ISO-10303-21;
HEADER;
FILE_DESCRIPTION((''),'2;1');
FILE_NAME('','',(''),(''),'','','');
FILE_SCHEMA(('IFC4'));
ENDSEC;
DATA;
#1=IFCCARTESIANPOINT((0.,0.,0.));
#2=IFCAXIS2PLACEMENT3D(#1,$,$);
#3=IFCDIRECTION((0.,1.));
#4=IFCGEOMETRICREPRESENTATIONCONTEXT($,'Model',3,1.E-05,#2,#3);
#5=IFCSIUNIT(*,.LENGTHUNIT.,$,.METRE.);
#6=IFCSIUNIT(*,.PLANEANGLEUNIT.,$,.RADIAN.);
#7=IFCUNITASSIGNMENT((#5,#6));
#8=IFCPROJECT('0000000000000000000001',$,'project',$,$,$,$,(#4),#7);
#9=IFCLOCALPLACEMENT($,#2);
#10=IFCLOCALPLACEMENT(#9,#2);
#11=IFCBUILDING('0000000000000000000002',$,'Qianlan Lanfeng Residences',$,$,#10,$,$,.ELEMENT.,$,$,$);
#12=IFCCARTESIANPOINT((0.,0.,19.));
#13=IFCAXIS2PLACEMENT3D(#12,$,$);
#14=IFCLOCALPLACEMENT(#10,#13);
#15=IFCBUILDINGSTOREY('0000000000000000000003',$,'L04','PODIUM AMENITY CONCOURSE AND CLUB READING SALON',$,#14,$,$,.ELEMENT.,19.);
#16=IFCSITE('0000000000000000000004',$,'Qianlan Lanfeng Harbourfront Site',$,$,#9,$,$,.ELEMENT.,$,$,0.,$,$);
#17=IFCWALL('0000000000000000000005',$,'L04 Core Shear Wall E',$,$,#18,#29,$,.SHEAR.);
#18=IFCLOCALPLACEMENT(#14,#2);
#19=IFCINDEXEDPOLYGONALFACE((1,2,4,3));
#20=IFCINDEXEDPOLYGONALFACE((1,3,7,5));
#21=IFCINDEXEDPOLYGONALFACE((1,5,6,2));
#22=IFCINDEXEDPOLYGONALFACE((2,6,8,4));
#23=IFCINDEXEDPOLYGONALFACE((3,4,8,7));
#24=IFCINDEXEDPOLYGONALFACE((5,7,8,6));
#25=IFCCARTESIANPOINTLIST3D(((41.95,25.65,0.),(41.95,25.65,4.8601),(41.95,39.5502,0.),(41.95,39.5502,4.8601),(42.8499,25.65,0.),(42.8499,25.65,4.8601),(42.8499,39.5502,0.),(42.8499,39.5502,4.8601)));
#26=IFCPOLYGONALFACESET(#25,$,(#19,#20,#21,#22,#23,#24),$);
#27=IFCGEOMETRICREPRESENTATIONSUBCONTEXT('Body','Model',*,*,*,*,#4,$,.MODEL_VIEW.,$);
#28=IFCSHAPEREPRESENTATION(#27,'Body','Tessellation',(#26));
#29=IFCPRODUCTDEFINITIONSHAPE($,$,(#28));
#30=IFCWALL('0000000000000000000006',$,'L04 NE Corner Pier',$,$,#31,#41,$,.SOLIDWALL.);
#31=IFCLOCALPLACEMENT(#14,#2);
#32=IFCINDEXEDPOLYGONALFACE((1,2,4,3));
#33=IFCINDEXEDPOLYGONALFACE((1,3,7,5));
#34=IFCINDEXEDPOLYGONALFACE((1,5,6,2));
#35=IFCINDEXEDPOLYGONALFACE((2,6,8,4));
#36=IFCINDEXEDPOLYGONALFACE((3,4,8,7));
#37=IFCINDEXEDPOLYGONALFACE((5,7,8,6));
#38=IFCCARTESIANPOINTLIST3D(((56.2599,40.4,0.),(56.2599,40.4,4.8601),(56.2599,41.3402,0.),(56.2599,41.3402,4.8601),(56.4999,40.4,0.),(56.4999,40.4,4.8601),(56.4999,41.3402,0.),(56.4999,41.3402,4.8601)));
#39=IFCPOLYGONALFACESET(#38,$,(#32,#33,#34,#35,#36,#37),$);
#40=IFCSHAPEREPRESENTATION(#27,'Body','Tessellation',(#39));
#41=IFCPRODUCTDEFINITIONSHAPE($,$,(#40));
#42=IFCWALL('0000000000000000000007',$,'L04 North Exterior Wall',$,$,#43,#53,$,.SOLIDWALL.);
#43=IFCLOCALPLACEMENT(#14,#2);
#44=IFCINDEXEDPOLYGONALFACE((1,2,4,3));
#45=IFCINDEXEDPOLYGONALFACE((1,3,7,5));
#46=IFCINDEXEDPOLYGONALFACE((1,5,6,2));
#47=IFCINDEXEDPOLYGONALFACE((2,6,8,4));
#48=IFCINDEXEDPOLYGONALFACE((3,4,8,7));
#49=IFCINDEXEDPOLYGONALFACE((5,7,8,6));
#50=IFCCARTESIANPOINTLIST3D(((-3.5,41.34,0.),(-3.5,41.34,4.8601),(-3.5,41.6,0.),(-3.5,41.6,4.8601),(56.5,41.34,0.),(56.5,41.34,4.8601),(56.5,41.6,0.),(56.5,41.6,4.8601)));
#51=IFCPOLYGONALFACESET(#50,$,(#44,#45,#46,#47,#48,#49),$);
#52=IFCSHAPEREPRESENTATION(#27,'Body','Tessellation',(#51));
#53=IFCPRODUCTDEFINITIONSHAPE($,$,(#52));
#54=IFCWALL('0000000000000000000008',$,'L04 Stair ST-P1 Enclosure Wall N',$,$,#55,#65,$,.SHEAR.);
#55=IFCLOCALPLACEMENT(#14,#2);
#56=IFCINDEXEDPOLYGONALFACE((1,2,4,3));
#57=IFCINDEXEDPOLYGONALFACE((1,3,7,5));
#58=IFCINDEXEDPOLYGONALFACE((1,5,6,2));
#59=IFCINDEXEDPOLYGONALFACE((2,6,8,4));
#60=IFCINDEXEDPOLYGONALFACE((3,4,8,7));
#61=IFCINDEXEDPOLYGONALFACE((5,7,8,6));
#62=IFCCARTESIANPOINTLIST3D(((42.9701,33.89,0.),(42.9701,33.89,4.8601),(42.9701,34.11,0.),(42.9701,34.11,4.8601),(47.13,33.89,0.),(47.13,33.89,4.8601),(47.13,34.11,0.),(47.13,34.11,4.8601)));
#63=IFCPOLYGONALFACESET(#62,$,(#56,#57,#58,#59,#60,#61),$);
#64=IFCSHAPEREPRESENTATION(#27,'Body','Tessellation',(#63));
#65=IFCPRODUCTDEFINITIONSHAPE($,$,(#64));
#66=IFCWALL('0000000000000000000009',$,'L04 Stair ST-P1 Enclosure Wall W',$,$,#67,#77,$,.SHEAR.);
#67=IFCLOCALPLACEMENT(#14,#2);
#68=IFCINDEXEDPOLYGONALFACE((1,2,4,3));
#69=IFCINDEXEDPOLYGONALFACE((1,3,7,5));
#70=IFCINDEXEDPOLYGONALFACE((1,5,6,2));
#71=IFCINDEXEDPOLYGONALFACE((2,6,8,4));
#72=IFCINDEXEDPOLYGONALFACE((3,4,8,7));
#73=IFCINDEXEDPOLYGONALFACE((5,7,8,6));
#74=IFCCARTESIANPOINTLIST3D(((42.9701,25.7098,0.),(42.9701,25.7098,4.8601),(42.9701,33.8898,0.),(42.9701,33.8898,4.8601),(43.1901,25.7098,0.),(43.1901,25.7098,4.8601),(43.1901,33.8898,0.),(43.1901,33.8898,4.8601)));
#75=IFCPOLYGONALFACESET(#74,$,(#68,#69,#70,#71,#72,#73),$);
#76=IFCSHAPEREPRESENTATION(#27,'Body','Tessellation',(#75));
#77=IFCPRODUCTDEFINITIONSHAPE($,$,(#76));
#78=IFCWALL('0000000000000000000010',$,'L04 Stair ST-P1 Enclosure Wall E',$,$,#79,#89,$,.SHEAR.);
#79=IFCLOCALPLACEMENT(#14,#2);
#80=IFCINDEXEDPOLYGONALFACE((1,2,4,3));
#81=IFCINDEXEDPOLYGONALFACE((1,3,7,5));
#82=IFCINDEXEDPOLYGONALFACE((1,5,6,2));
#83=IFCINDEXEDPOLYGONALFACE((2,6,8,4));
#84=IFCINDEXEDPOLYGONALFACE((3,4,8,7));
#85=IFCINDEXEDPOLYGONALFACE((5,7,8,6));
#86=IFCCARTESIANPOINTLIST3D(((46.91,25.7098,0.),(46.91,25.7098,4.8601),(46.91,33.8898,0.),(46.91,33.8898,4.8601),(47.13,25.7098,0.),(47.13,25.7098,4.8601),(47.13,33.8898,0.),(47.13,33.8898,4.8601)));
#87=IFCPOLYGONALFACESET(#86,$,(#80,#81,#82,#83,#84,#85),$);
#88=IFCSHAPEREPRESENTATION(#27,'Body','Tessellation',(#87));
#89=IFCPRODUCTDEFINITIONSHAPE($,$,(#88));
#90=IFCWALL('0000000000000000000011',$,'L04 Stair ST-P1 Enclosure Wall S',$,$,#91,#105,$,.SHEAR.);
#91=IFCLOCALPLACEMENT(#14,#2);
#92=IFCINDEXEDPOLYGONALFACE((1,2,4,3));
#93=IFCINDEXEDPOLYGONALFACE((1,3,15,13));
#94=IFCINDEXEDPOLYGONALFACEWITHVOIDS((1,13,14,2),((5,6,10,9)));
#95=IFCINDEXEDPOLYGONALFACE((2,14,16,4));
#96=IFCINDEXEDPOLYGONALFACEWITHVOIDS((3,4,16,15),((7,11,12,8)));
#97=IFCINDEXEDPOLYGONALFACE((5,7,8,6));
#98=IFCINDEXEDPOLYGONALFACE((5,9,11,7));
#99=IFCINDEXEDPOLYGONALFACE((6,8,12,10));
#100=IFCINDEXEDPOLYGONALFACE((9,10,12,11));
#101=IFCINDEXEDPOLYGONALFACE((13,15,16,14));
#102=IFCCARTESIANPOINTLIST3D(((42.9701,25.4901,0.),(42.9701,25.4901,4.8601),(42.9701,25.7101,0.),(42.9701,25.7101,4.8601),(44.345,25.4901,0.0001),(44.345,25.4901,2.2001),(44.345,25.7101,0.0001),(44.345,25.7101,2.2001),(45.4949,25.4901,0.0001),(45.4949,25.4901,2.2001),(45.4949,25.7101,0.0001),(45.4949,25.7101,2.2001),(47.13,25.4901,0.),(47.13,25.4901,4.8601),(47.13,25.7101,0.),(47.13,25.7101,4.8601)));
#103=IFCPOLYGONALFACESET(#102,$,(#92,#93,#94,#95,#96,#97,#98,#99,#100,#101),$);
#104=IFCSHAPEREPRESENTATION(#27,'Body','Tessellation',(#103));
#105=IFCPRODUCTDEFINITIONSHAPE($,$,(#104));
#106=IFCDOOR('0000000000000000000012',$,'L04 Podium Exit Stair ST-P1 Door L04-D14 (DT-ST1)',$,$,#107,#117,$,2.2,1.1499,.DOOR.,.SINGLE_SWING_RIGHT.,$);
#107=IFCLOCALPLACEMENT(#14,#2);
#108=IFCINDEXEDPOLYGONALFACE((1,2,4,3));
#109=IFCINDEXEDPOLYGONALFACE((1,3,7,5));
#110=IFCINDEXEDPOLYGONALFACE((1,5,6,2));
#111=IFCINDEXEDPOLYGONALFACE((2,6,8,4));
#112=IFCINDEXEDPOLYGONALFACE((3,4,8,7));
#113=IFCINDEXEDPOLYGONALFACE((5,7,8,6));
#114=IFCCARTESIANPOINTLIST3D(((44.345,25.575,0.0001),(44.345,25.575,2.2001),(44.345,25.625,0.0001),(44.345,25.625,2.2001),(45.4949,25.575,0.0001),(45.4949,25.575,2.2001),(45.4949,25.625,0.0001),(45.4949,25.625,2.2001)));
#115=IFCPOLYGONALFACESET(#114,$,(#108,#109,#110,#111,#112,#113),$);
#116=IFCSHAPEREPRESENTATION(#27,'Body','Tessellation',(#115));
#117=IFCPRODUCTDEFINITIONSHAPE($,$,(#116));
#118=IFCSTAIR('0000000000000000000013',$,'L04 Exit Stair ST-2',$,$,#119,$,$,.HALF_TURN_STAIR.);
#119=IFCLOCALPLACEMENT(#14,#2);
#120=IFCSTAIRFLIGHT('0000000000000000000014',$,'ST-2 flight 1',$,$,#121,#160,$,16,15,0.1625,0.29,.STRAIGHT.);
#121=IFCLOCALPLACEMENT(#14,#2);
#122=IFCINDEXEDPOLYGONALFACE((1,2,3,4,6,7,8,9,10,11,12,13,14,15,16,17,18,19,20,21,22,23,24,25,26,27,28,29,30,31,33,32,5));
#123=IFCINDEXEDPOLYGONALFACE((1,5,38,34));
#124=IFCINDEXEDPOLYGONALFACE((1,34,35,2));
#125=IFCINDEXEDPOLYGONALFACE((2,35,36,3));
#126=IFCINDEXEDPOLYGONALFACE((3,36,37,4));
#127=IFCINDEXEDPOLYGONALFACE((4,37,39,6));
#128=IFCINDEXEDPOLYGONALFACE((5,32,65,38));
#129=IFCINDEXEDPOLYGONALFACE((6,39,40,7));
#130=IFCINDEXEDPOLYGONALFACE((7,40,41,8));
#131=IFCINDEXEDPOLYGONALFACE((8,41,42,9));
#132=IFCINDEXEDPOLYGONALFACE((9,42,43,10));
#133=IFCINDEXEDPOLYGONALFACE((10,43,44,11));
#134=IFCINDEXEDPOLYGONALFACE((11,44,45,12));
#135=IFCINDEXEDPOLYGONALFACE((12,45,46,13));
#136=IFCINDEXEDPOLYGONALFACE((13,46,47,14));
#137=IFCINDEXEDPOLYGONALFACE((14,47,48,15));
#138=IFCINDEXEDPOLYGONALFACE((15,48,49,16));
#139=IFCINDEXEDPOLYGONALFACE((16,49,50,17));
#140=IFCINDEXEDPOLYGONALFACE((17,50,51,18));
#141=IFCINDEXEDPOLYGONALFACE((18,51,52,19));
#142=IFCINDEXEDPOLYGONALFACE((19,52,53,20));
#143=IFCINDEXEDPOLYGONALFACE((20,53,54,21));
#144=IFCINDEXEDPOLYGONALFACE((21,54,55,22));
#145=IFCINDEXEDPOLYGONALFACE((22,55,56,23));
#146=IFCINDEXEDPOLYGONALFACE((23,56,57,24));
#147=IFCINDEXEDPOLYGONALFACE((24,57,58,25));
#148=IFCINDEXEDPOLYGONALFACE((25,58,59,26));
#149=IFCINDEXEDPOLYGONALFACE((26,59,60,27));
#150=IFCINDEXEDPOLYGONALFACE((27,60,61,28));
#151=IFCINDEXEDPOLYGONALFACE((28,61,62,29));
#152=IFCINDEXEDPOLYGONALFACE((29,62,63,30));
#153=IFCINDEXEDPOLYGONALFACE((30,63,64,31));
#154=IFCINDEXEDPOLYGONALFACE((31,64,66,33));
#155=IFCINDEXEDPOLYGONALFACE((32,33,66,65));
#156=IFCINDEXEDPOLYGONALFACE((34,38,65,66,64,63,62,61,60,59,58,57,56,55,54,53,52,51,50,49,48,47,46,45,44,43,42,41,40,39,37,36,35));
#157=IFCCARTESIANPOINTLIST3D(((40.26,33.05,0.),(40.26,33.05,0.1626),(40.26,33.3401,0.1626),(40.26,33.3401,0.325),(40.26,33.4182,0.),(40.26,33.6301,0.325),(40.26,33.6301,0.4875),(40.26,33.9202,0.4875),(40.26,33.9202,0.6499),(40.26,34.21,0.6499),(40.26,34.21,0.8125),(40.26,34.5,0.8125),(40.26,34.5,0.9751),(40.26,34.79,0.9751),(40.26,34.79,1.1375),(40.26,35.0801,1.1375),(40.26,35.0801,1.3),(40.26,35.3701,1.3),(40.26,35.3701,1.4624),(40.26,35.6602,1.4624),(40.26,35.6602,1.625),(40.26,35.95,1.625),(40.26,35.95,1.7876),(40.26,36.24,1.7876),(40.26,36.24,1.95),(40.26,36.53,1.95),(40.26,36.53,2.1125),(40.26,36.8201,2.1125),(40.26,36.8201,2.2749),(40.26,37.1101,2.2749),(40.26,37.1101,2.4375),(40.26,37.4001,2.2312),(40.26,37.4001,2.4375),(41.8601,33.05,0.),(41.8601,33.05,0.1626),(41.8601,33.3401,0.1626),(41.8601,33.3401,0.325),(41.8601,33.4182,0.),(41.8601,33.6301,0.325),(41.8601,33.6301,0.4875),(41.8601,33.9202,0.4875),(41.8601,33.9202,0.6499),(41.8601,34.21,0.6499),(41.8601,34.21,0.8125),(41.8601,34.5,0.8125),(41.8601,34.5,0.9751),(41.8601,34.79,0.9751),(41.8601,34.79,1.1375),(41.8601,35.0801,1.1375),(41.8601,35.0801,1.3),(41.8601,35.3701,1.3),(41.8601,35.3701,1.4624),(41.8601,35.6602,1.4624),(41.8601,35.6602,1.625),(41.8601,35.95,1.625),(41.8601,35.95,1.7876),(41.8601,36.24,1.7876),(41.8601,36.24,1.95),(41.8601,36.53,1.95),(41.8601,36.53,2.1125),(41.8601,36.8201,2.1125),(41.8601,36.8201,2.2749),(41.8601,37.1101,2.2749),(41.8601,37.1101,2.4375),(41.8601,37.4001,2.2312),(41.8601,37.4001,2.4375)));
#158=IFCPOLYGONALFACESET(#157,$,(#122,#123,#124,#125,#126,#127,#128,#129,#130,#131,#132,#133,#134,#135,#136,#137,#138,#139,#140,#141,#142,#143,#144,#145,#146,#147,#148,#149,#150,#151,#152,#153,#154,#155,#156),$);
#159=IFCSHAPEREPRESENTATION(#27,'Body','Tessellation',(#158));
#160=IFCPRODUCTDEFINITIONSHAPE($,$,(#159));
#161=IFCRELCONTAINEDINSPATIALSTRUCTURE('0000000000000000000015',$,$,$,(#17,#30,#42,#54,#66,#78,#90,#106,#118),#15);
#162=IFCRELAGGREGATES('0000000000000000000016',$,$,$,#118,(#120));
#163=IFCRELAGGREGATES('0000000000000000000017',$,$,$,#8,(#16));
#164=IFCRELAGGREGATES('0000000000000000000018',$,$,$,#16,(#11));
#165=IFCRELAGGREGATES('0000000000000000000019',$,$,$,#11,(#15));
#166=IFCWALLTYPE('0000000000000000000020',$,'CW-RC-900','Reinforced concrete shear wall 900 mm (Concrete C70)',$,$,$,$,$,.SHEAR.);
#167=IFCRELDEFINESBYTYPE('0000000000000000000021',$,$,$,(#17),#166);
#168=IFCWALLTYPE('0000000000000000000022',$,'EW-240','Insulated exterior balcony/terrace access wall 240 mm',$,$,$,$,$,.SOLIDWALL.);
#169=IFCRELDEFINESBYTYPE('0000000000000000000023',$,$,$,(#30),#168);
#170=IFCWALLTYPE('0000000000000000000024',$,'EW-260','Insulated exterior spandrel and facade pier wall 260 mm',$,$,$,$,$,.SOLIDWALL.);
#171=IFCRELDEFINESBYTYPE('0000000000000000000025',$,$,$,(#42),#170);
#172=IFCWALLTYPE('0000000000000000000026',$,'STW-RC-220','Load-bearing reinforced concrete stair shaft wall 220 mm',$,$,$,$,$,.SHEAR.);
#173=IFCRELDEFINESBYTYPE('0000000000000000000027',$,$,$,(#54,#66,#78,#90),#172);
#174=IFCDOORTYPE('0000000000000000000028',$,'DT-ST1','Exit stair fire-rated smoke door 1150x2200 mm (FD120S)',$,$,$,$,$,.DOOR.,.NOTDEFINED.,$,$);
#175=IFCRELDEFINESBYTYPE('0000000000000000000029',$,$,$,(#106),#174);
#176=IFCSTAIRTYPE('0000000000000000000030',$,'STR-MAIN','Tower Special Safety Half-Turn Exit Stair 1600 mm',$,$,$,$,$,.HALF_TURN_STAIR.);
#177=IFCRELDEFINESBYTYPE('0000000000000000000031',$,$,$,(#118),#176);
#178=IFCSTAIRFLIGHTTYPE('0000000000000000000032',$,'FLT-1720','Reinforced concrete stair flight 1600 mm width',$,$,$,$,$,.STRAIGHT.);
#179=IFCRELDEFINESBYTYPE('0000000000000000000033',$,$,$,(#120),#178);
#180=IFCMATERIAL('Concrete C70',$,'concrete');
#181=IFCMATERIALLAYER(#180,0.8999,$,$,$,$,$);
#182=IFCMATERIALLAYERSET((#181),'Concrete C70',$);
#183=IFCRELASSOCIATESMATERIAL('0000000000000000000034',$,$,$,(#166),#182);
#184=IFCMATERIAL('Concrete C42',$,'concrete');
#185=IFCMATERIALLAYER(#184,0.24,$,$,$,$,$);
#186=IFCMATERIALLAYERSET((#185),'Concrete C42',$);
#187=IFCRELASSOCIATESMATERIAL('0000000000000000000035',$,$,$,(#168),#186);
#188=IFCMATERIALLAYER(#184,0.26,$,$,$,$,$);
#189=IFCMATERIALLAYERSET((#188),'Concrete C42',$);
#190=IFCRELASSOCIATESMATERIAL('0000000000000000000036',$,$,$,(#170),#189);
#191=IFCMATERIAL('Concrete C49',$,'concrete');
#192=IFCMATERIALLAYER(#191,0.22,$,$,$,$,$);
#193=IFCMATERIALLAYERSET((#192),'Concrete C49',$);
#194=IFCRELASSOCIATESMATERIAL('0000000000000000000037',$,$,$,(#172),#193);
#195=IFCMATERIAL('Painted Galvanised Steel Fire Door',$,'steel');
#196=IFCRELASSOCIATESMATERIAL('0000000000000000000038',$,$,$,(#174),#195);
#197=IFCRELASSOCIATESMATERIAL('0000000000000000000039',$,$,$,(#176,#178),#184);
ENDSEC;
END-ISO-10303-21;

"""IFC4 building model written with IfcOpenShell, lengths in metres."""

from ifc_helpers import new_model, si_unit, direction, frame, frame_2d, origin, place, context, subcontext, project, spatial, polyline, rectangle, outline, extrude, material, layer, layer_set, type_object, element, fill, aggregate, save


model = new_model("IFC4")

# Units and contexts
model_context = context("Model", 3, precision=1e-05, world=origin(), true_north=direction((0.0, 1.0)))
body_context = subcontext(model_context, "Body", "Model", "MODEL_VIEW")
ifc_project = project(units=[si_unit("LENGTHUNIT", "METRE"), si_unit("PLANEANGLEUNIT", "RADIAN")], contexts=[model_context])

# Site, building, storey
site_placement = place(None, origin())
site = spatial("IfcSite", under=ifc_project, at=site_placement, Name="Qianlan Lanfeng Harbourfront Site", CompositionType="ELEMENT", RefElevation=0.0)
building_placement = place(site_placement, origin())
building = spatial("IfcBuilding", under=site, at=building_placement, Name="Qianlan Lanfeng Residences", CompositionType="ELEMENT")
storey_placement = place(building_placement, frame((0.0, 0.0, 19.0)))
storey = spatial("IfcBuildingStorey", under=building, at=storey_placement, Name="L04", Description="PODIUM AMENITY CONCOURSE AND CLUB READING SALON", CompositionType="ELEMENT", Elevation=19.0)

# Walls
ifc_material_1 = material(Name="Concrete C70", Category="concrete")
ifc_layer_1 = layer(ifc_material_1, 0.8999)
ifc_layer_set_1 = layer_set([ifc_layer_1], Name="Concrete C70")
wall_type_1 = type_object("IfcWallType", Name="CW-RC-900", Description="Reinforced concrete shear wall 900 mm (Concrete C70)", PredefinedType="SHEAR", material=ifc_layer_set_1)
wall_1_placement = place(storey_placement, frame((42.3999, 25.6499, 0.0), z_axis=(0.0, 0.0, 1.0), x_axis=(0.0, 1.0, 0.0)))
element("IfcWall", 1, at=wall_1_placement, inside=storey, type_object=wall_type_1, Name="L04 Core Shear Wall E", PredefinedType="SHEAR", context=body_context, shape_type="SweptSolid", body=[
    extrude(rectangle(XDim=13.9001, YDim=0.8999, at=frame_2d((6.9502, 0.0))), origin(), (0.0, 0.0, 1.0), 4.8601),
])
ifc_material_2 = material(Name="Concrete C42", Category="concrete")
ifc_layer_2 = layer(ifc_material_2, 0.24)
ifc_layer_set_2 = layer_set([ifc_layer_2], Name="Concrete C42")
wall_type_2 = type_object("IfcWallType", Name="EW-240", Description="Insulated exterior balcony/terrace access wall 240 mm", PredefinedType="SOLIDWALL", material=ifc_layer_set_2)
wall_2_placement = place(storey_placement, frame((56.3799, 40.3999, 0.0), z_axis=(0.0, 0.0, 1.0), x_axis=(0.0, 1.0, 0.0)))
element("IfcWall", 2, at=wall_2_placement, inside=storey, type_object=wall_type_2, Name="L04 NE Corner Pier", PredefinedType="SOLIDWALL", context=body_context, shape_type="SweptSolid", body=[
    extrude(rectangle(XDim=0.9402, YDim=0.24, at=frame_2d((0.4702, 0.0))), origin(), (0.0, 0.0, 1.0), 4.8601),
])
ifc_layer_3 = layer(ifc_material_2, 0.26)
ifc_layer_set_3 = layer_set([ifc_layer_3], Name="Concrete C42")
wall_type_3 = type_object("IfcWallType", Name="EW-260", Description="Insulated exterior spandrel and facade pier wall 260 mm", PredefinedType="SOLIDWALL", material=ifc_layer_set_3)
wall_3_placement = place(storey_placement, frame((56.5, 41.47, 0.0), z_axis=(0.0, 0.0, 1.0), x_axis=(-1.0, 0.0, 0.0)))
element("IfcWall", 3, at=wall_3_placement, inside=storey, type_object=wall_type_3, Name="L04 North Exterior Wall", PredefinedType="SOLIDWALL", context=body_context, shape_type="SweptSolid", body=[
    extrude(rectangle(XDim=60.0, YDim=0.26, at=frame_2d((30.0, 0.0))), origin(), (0.0, 0.0, 1.0), 4.8601),
])
ifc_material_3 = material(Name="Concrete C49", Category="concrete")
ifc_layer_4 = layer(ifc_material_3, 0.22)
ifc_layer_set_4 = layer_set([ifc_layer_4], Name="Concrete C49")
wall_type_4 = type_object("IfcWallType", Name="STW-RC-220", Description="Load-bearing reinforced concrete stair shaft wall 220 mm", PredefinedType="SHEAR", material=ifc_layer_set_4)
wall_4_placement = place(storey_placement, frame((42.97, 34.0, 0.0), z_axis=(0.0, 0.0, 1.0), x_axis=(1.0, 0.0, 0.0)))
element("IfcWall", 4, at=wall_4_placement, inside=storey, type_object=wall_type_4, Name="L04 Stair ST-P1 Enclosure Wall N", PredefinedType="SHEAR", context=body_context, shape_type="SweptSolid", body=[
    extrude(rectangle(XDim=4.1599, YDim=0.22, at=frame_2d((2.0801, 0.0))), origin(), (0.0, 0.0, 1.0), 4.8601),
])
for number, where, z_axis, x_axis, name in (
    (5, (43.0801, 25.71, 0.0), (0.0, 0.0, 1.0), (0.0, 1.0, 0.0), "L04 Stair ST-P1 Enclosure Wall W"),
    (6, (47.02, 25.71, 0.0), (0.0, 0.0, 1.0), (0.0, 1.0, 0.0), "L04 Stair ST-P1 Enclosure Wall E"),
):
    element("IfcWall", number, at=place(storey_placement, frame(where, z_axis=z_axis, x_axis=x_axis)), inside=storey, type_object=wall_type_4, Name=name, PredefinedType="SHEAR", context=body_context, shape_type="SweptSolid", body=[
        extrude(rectangle(XDim=8.1799, YDim=0.22, at=frame_2d((4.0898, 0.0))), origin(), (0.0, 0.0, 1.0), 4.8601),
    ])

# Wall, opening, door
wall_5_placement = place(storey_placement, frame((42.97, 25.6001, 0.0), z_axis=(0.0, 0.0, 1.0), x_axis=(1.0, 0.0, 0.0)))
wall_5 = element("IfcWall", 7, at=wall_5_placement, inside=storey, type_object=wall_type_4, Name="L04 Stair ST-P1 Enclosure Wall S", PredefinedType="SHEAR", context=body_context, shape_type="SweptSolid", body=[
    extrude(rectangle(XDim=4.1599, YDim=0.22, at=frame_2d((2.0801, 0.0))), origin(), (0.0, 0.0, 1.0), 4.8601),
])
opening_placement = place(wall_5_placement, frame((1.375, 0.0, 0.0)))
opening = element("IfcOpeningElement", 8, at=opening_placement, cuts=wall_5, PredefinedType="OPENING", context=body_context, shape_type="SweptSolid", body=[
    extrude(rectangle(XDim=1.1499, YDim=2.2, at=frame_2d((0.575, 1.1001))), frame((0.0, 0.1201, 0.0), z_axis=(0.0, -1.0, 0.0), x_axis=(1.0, 0.0, 0.0)), (0.0, 0.0, 1.0), 0.24),
])
ifc_material_4 = material(Name="Painted Galvanised Steel Fire Door", Category="steel")
door_type = type_object("IfcDoorType", Name="DT-ST1", Description="Exit stair fire-rated smoke door 1150x2200 mm (FD120S)", OperationType="NOTDEFINED", PredefinedType="DOOR", material=ifc_material_4)
door_placement = place(opening_placement, origin())
door = element("IfcDoor", 9, at=door_placement, inside=storey, type_object=door_type, Name="L04 Podium Exit Stair ST-P1 Door L04-D14 (DT-ST1)", OperationType="SINGLE_SWING_RIGHT", OverallHeight=2.2, OverallWidth=1.1499, PredefinedType="DOOR", context=body_context, shape_type="SweptSolid", body=[
    extrude(rectangle(XDim=1.1499, YDim=2.2, at=frame_2d((0.575, 1.1001))), frame((0.0, 0.0249, 0.0), z_axis=(0.0, -1.0, 0.0), x_axis=(1.0, 0.0, 0.0)), (0.0, 0.0, 1.0), 0.05),
])
fill(opening, door)

# Stair, stair flight
stair_type = type_object("IfcStairType", Name="STR-MAIN", Description="Tower Special Safety Half-Turn Exit Stair 1600 mm", PredefinedType="HALF_TURN_STAIR", material=ifc_material_2)
stair_placement = place(storey_placement, origin())
stair = element("IfcStair", 10, at=stair_placement, inside=storey, type_object=stair_type, Name="L04 Exit Stair ST-2", PredefinedType="HALF_TURN_STAIR")
stair_flight_type = type_object("IfcStairFlightType", Name="FLT-1720", Description="Reinforced concrete stair flight 1600 mm width", PredefinedType="STRAIGHT", material=ifc_material_2)
stair_flight_placement = place(storey_placement, frame((41.0601, 33.05, 0.0), z_axis=(0.0, 0.0, 1.0), x_axis=(0.0, 1.0, 0.0)))
stair_flight = element("IfcStairFlight", 11, at=stair_flight_placement, type_object=stair_flight_type, Name="ST-2 flight 1", NumberOfRisers=16, NumberOfTreads=15, PredefinedType="STRAIGHT", RiserHeight=0.1625, TreadLength=0.29, context=body_context, shape_type="SweptSolid", body=[
    extrude(outline(polyline([(0.0, 0.0), (0.0, 0.1626), (0.29, 0.1626), (0.29, 0.325), (0.5801, 0.325), (0.5801, 0.4875), (0.8701, 0.4875), (0.8701, 0.6499), (1.1599, 0.6499), (1.1599, 0.8125), (1.45, 0.8125), (1.45, 0.9751), (1.74, 0.9751), (1.74, 1.1375), (2.03, 1.1375), (2.03, 1.3), (2.3201, 1.3), (2.3201, 1.4624), (2.6101, 1.4624), (2.6101, 1.625), (2.8999, 1.625), (2.8999, 1.7876), (3.1899, 1.7876), (3.1899, 1.95), (3.48, 1.95), (3.48, 2.1125), (3.77, 2.1125), (3.77, 2.2749), (4.0601, 2.2749), (4.0601, 2.4375), (4.3501, 2.4375), (4.3501, 2.6001), (4.3501, 2.2312), (0.3682, 0.0), (0.0, 0.0)])), frame((0.0, 0.8, 0.0), z_axis=(0.0, -1.0, 0.0), x_axis=(1.0, 0.0, 0.0)), (0.0, 0.0, 1.0), 1.6001),
])
aggregate(stair, [stair_flight])

save(model, "model.ifc")
